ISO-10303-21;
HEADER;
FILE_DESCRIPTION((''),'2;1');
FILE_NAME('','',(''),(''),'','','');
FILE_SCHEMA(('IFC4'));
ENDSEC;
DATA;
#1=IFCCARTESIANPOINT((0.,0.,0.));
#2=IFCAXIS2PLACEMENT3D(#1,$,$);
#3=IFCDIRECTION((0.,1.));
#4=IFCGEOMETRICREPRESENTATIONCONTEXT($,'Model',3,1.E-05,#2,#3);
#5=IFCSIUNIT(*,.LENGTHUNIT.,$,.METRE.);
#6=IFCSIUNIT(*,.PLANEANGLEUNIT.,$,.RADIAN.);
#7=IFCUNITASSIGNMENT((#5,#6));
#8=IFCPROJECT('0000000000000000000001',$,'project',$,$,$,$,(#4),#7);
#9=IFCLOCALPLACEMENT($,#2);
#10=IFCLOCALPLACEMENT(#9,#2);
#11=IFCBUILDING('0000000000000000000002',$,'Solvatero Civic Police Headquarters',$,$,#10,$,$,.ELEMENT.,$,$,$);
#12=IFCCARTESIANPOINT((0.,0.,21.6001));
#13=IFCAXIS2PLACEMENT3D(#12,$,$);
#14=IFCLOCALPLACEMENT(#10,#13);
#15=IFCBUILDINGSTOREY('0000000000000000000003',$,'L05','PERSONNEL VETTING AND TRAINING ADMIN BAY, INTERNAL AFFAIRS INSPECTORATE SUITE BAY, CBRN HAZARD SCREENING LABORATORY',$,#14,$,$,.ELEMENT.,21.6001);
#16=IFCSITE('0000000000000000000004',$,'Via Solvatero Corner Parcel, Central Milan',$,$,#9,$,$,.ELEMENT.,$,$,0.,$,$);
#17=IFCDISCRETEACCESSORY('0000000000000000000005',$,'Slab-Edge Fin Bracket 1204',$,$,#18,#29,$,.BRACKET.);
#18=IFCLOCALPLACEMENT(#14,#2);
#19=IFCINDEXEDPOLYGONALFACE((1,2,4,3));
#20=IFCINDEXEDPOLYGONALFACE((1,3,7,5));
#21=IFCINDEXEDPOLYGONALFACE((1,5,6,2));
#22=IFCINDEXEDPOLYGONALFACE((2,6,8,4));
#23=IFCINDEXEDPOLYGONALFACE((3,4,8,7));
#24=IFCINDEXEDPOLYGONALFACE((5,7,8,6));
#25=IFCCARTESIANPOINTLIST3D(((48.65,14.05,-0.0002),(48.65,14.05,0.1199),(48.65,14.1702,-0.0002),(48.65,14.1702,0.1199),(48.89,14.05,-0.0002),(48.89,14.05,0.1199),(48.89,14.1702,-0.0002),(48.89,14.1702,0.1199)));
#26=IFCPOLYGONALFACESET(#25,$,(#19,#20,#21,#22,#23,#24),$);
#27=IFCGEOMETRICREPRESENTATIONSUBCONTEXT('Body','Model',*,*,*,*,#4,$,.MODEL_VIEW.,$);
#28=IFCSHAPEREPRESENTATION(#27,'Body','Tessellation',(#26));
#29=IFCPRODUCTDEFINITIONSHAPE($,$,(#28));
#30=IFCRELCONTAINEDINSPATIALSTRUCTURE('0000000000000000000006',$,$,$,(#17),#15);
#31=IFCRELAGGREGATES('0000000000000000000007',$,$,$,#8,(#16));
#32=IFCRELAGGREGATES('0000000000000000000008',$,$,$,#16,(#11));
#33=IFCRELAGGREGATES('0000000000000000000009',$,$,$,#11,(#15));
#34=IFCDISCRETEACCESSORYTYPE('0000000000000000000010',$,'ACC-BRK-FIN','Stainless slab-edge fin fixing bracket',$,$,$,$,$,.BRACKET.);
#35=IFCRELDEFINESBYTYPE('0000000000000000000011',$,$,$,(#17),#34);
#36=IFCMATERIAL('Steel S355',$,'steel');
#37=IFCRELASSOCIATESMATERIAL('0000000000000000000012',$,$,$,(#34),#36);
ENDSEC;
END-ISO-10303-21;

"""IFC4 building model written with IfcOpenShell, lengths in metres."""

from ifc_helpers import new_model, si_unit, direction, frame, origin, origin_2d, place, context, subcontext, project, spatial, rectangle, extrude, material, type_object, element, save


model = new_model("IFC4")

# Units and contexts
model_context = context("Model", 3, precision=1e-05, world=origin(), true_north=direction((0.0, 1.0)))
body_context = subcontext(model_context, "Body", "Model", "MODEL_VIEW")
ifc_project = project(units=[si_unit("LENGTHUNIT", "METRE"), si_unit("PLANEANGLEUNIT", "RADIAN")], contexts=[model_context])

# Site, building, storey
site_placement = place(None, origin())
site = spatial("IfcSite", under=ifc_project, at=site_placement, Name="Via Solvatero Corner Parcel, Central Milan", CompositionType="ELEMENT", RefElevation=0.0)
building_placement = place(site_placement, origin())
building = spatial("IfcBuilding", under=site, at=building_placement, Name="Solvatero Civic Police Headquarters", CompositionType="ELEMENT")
storey_placement = place(building_placement, frame((0.0, 0.0, 21.6001)))
storey = spatial("IfcBuildingStorey", under=building, at=storey_placement, Name="L05", Description="PERSONNEL VETTING AND TRAINING ADMIN BAY, INTERNAL AFFAIRS INSPECTORATE SUITE BAY, CBRN HAZARD SCREENING LABORATORY", CompositionType="ELEMENT", Elevation=21.6001)

# Shared definitions
ifc_material_1 = material(Name="Steel S355", Category="steel")

# Discrete accessory
discrete_accessory_type = type_object("IfcDiscreteAccessoryType", Name="ACC-BRK-FIN", Description="Stainless slab-edge fin fixing bracket", PredefinedType="BRACKET", material=ifc_material_1)
discrete_accessory_placement = place(storey_placement, frame((48.77, 14.1101, -0.0002), z_axis=(0.0, 0.0, 1.0), x_axis=(0.0, 1.0, 0.0)))
element("IfcDiscreteAccessory", 1, at=discrete_accessory_placement, inside=storey, type_object=discrete_accessory_type, Name="Slab-Edge Fin Bracket 1204", PredefinedType="BRACKET", context=body_context, shape_type="SweptSolid", body=[
    extrude(rectangle(XDim=0.1201, YDim=0.24, at=origin_2d()), origin(), (0.0, 0.0, 1.0), 0.1201),
])

save(model, "model.ifc")
